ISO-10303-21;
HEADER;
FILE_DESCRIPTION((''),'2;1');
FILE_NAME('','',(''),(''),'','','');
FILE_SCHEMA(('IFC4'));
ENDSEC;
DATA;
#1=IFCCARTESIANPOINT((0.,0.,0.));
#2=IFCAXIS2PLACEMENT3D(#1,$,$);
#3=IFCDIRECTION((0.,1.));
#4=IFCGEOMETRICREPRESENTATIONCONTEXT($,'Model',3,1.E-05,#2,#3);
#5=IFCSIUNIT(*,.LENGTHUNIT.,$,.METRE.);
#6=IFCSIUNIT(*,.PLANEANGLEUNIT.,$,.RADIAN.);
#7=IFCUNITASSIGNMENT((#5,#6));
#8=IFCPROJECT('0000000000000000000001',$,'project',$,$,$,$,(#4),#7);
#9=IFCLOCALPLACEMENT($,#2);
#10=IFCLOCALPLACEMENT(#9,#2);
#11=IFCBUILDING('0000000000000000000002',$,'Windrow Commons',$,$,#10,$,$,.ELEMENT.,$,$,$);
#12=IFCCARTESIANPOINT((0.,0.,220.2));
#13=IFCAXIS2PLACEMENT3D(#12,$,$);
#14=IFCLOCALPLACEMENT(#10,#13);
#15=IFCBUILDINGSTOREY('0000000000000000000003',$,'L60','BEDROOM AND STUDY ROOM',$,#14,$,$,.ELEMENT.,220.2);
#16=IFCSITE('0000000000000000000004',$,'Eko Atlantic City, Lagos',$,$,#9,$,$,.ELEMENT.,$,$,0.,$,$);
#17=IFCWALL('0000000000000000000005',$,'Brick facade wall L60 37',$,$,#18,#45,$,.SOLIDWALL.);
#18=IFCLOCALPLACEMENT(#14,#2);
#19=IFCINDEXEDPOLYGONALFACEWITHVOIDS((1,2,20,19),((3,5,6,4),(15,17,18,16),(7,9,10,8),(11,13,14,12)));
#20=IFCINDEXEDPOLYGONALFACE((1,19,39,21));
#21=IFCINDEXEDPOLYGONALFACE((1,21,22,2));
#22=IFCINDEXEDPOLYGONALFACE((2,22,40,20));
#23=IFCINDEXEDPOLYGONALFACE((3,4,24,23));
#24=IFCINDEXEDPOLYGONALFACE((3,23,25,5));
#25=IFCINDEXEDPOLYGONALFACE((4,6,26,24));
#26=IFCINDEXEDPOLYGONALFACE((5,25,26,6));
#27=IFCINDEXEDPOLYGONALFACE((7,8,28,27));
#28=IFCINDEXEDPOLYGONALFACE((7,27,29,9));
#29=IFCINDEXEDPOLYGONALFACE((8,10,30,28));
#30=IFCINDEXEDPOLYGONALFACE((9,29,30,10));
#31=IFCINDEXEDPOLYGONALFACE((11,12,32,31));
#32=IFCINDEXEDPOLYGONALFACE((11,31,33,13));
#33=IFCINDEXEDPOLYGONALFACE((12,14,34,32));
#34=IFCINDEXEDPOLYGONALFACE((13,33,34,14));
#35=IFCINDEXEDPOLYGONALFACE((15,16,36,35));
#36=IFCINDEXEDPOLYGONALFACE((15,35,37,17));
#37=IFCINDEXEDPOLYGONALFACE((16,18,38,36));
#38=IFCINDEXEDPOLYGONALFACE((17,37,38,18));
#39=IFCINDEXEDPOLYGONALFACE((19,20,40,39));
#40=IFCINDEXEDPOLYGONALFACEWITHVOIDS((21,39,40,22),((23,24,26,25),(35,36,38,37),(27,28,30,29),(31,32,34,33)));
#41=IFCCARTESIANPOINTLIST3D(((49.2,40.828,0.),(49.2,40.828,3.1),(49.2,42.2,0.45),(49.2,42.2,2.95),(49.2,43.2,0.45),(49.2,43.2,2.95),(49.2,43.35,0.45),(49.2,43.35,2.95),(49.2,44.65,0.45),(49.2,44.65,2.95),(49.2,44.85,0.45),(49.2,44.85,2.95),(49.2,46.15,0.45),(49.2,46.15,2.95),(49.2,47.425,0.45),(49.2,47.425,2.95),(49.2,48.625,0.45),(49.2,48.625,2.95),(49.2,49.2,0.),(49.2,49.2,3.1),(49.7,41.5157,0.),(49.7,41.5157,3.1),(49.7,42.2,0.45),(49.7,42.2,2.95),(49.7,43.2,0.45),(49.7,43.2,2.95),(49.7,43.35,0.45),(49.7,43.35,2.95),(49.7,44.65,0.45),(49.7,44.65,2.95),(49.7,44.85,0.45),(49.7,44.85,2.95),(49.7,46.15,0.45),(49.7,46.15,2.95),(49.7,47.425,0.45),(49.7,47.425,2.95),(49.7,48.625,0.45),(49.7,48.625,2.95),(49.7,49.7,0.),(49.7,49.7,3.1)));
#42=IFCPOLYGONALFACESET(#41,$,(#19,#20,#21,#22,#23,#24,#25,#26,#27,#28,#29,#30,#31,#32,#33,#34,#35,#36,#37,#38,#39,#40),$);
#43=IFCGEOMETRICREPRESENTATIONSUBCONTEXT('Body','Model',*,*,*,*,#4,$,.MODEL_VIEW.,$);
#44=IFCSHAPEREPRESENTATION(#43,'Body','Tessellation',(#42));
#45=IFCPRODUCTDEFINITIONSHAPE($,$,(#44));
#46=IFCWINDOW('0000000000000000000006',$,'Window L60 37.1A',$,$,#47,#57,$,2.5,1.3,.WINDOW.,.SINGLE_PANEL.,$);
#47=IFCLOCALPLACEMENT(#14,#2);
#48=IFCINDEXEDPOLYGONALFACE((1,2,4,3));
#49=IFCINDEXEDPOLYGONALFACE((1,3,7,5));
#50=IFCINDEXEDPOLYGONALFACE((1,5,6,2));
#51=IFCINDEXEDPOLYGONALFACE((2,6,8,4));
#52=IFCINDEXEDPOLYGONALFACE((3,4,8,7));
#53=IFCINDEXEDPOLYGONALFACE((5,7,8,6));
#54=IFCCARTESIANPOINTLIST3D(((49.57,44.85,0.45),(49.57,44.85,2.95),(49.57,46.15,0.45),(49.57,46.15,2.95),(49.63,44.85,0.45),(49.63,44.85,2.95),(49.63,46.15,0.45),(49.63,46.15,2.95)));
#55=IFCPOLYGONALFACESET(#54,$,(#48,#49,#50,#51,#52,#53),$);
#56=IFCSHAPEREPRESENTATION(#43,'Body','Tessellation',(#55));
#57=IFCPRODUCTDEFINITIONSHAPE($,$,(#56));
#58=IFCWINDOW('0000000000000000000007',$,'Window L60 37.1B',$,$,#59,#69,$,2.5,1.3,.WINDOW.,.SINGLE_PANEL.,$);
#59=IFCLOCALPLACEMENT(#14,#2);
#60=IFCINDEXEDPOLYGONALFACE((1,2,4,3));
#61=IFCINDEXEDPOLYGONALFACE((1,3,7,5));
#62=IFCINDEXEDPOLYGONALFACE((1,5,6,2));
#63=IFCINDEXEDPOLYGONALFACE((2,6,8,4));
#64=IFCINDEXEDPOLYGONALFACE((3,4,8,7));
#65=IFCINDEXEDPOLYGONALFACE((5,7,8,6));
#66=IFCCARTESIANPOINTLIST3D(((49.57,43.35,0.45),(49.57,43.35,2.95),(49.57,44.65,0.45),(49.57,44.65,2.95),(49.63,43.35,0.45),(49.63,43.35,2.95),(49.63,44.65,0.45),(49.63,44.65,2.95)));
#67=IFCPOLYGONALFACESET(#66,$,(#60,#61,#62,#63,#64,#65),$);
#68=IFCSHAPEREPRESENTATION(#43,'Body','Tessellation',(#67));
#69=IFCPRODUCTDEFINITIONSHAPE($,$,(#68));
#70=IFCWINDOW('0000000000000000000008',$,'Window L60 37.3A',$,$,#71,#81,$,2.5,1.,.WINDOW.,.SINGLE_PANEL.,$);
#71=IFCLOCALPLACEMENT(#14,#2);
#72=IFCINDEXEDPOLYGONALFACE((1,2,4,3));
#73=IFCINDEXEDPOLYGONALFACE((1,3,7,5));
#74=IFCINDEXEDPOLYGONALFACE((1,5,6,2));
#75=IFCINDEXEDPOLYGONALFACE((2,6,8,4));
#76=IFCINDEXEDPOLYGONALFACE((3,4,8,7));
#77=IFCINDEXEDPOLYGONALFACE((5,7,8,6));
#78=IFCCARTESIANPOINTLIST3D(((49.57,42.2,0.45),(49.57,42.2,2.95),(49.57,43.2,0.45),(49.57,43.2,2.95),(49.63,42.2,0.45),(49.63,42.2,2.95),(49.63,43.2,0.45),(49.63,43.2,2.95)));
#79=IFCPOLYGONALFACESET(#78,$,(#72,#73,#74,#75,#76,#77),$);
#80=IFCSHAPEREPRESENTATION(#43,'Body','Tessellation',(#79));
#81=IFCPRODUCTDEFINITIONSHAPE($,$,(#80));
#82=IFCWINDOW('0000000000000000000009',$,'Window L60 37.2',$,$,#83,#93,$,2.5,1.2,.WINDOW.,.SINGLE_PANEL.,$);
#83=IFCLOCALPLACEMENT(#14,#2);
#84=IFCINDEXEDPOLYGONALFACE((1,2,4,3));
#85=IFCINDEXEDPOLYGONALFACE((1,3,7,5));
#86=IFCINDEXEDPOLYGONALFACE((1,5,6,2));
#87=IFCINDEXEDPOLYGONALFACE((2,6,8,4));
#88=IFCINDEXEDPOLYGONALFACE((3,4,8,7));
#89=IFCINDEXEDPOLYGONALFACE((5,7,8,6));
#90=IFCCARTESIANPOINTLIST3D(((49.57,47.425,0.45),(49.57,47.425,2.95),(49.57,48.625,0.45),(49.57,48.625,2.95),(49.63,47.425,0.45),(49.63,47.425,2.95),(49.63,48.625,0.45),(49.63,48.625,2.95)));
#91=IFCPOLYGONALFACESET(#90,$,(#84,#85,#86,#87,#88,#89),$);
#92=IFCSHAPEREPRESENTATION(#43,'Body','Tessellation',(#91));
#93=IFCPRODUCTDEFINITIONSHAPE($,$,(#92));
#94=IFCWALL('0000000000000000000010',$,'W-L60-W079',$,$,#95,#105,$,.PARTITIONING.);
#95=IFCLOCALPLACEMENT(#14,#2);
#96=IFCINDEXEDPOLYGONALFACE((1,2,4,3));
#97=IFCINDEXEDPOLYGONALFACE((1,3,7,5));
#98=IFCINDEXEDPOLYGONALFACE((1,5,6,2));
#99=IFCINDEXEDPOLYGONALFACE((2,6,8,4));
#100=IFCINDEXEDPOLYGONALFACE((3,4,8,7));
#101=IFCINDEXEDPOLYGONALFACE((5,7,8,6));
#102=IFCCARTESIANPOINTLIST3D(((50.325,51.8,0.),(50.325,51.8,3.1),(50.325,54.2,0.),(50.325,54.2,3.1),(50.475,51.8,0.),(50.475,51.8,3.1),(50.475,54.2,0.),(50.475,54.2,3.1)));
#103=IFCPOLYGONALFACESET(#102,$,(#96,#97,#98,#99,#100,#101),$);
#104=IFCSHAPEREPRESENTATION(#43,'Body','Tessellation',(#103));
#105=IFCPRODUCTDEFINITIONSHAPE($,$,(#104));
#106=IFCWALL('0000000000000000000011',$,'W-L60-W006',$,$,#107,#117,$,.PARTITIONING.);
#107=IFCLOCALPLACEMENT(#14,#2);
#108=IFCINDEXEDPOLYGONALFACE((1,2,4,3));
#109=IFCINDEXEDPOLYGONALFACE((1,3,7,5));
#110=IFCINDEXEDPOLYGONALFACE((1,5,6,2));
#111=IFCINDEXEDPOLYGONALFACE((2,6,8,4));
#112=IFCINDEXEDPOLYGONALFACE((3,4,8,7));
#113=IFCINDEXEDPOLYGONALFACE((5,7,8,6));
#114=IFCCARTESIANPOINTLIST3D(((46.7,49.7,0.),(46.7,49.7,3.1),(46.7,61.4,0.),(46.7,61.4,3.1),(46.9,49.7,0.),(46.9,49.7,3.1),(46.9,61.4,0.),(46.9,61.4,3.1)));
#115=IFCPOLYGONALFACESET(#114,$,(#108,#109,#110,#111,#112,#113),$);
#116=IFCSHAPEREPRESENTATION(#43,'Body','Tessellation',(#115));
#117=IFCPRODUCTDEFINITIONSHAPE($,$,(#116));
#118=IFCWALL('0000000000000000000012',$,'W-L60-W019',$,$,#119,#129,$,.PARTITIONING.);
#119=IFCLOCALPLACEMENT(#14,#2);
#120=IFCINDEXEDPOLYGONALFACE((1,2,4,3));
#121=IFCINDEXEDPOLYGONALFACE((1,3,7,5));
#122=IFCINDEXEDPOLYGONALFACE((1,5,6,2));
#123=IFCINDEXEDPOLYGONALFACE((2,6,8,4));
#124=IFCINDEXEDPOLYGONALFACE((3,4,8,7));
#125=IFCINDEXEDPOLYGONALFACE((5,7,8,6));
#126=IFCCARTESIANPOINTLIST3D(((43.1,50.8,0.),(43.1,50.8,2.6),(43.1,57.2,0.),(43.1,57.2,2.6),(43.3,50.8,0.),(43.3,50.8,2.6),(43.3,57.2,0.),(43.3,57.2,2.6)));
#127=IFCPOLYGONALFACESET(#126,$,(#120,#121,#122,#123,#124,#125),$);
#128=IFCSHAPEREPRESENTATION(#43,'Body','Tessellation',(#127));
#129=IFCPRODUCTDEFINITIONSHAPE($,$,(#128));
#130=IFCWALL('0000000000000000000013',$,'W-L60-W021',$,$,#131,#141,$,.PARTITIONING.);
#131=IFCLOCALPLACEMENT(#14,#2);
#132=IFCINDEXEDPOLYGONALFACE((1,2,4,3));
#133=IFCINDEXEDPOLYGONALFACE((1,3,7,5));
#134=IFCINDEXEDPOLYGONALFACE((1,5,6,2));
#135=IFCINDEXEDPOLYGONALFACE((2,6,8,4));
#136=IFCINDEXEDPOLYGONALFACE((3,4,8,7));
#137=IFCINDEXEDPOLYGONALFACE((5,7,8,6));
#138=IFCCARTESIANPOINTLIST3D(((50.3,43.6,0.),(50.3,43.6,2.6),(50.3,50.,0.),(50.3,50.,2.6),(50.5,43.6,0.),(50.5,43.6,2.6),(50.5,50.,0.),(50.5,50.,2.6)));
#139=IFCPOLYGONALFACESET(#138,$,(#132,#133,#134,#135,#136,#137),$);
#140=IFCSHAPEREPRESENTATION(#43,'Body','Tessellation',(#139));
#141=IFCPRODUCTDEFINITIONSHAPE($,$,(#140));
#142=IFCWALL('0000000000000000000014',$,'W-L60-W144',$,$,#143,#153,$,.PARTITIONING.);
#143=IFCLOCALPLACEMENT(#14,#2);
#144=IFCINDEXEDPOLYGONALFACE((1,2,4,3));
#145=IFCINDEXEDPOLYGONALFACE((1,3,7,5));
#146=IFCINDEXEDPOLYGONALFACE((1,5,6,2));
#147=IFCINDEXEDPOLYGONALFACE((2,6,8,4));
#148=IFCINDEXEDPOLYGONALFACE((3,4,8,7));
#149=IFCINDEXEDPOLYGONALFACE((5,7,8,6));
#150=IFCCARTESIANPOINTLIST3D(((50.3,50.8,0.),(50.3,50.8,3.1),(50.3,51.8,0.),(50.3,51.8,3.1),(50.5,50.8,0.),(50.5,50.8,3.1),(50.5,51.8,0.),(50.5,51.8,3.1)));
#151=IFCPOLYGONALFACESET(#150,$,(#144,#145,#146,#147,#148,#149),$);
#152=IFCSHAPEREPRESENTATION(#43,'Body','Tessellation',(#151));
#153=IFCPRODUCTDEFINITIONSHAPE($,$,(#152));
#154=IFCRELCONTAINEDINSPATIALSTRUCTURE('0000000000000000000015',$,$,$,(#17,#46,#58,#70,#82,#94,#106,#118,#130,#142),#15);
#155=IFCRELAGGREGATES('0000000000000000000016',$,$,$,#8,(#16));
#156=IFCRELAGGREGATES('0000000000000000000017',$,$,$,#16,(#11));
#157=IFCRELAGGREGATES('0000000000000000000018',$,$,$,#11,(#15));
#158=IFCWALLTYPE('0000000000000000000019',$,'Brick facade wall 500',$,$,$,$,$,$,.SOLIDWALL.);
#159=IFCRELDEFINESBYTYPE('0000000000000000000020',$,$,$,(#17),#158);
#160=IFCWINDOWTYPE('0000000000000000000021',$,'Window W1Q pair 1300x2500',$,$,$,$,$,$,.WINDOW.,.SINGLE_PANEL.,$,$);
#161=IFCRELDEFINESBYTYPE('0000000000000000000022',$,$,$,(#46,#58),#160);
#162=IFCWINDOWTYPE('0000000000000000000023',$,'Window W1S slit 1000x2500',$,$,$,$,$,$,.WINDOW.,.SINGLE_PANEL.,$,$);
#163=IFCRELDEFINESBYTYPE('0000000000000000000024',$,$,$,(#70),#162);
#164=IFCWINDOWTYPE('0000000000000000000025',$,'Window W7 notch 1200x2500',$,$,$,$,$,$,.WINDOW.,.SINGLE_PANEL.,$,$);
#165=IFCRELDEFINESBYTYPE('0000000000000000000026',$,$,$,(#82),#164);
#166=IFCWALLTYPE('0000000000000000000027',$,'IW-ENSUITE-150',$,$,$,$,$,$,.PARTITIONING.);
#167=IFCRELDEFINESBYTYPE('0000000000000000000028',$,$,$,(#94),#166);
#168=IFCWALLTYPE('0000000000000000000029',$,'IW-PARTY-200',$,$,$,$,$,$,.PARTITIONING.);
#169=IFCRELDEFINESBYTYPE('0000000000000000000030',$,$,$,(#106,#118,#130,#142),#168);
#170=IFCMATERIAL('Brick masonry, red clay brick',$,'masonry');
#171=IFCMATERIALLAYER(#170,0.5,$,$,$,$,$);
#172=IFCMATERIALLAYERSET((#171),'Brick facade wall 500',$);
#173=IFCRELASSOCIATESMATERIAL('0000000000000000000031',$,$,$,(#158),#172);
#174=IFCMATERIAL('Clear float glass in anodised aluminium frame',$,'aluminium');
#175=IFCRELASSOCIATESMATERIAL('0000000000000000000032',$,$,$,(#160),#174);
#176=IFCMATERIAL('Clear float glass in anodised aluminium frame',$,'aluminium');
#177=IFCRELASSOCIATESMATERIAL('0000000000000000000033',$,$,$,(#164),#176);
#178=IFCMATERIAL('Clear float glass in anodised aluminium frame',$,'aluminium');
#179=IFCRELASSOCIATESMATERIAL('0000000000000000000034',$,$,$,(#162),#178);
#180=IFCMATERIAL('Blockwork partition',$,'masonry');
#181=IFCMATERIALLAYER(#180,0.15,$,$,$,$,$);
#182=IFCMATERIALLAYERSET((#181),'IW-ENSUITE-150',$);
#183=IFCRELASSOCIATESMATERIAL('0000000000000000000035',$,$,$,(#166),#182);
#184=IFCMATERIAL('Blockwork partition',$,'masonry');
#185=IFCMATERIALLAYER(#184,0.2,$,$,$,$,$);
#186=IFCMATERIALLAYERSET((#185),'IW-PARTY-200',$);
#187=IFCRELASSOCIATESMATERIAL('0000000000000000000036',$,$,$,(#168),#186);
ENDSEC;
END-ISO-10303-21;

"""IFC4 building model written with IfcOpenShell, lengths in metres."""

from ifc_helpers import new_model, si_unit, direction, frame, frame_2d, origin, place, context, subcontext, project, spatial, polyline, rectangle, outline, extrude, material, layer, layer_set, type_object, element, fill, save


model = new_model("IFC4")

# Units and contexts
model_context = context("Model", 3, precision=1e-05, world=origin(), true_north=direction((0.0, 1.0)))
body_context = subcontext(model_context, "Body", "Model", "MODEL_VIEW")
ifc_project = project(units=[si_unit("LENGTHUNIT", "METRE"), si_unit("PLANEANGLEUNIT", "RADIAN")], contexts=[model_context])

# Site, building, storey
site_placement = place(None, origin())
site = spatial("IfcSite", under=ifc_project, at=site_placement, Name="Eko Atlantic City, Lagos", CompositionType="ELEMENT", RefElevation=0.0)
building_placement = place(site_placement, origin())
building = spatial("IfcBuilding", under=site, at=building_placement, Name="Windrow Commons", CompositionType="ELEMENT")
storey_placement = place(building_placement, frame((0.0, 0.0, 220.2)))
storey = spatial("IfcBuildingStorey", under=building, at=storey_placement, Name="L60", Description="BEDROOM AND STUDY ROOM", CompositionType="ELEMENT", Elevation=220.2)

# Wall, openings, windows
ifc_material_1 = material(Name="Brick masonry, red clay brick", Category="masonry")
ifc_layer_1 = layer(ifc_material_1, 0.5)
ifc_layer_set_1 = layer_set([ifc_layer_1], Name="Brick facade wall 500")
wall_type_1 = type_object("IfcWallType", Name="Brick facade wall 500", PredefinedType="SOLIDWALL", material=ifc_layer_set_1)
ifc_material_2 = material(Name="Clear float glass in anodised aluminium frame", Category="aluminium")
window_type_1 = type_object("IfcWindowType", Name="Window W1Q pair 1300x2500", PartitioningType="SINGLE_PANEL", PredefinedType="WINDOW", material=ifc_material_2)
ifc_material_3 = material(Name="Clear float glass in anodised aluminium frame", Category="aluminium")
window_type_2 = type_object("IfcWindowType", Name="Window W7 notch 1200x2500", PartitioningType="SINGLE_PANEL", PredefinedType="WINDOW", material=ifc_material_3)
wall_1_placement = place(storey_placement, frame((49.45, 49.45, 0.0), z_axis=(0.0, 0.0, 1.0), x_axis=(0.0, -1.0, 0.0)))
wall_1 = element("IfcWall", 1, at=wall_1_placement, inside=storey, type_object=wall_type_1, Name="Brick facade wall L60 37", PredefinedType="SOLIDWALL", context=body_context, shape_type="SweptSolid", body=[
    extrude(outline(polyline([(0.25, -0.25), (8.622, -0.25), (7.9343, 0.25), (-0.25, 0.25), (0.25, -0.25)])), origin(), (0.0, 0.0, 1.0), 3.1),
])
opening_1_placement = place(wall_1_placement, frame((3.3, 0.0, 0.45)))
opening_1 = element("IfcOpeningElement", 2, at=opening_1_placement, cuts=wall_1, PredefinedType="OPENING", context=body_context, shape_type="SweptSolid", body=[
    extrude(rectangle(XDim=1.3, YDim=2.5, at=frame_2d((0.65, 1.25))), frame((0.0, 0.26, 0.0), z_axis=(0.0, -1.0, 0.0), x_axis=(1.0, 0.0, 0.0)), (0.0, 0.0, 1.0), 0.52),
])
opening_2_placement = place(wall_1_placement, frame((4.8, 0.0, 0.45)))
opening_2 = element("IfcOpeningElement", 3, at=opening_2_placement, cuts=wall_1, PredefinedType="OPENING", context=body_context, shape_type="SweptSolid", body=[
    extrude(rectangle(XDim=1.3, YDim=2.5, at=frame_2d((0.65, 1.25))), frame((0.0, 0.26, 0.0), z_axis=(0.0, -1.0, 0.0), x_axis=(1.0, 0.0, 0.0)), (0.0, 0.0, 1.0), 0.52),
])
opening_3_placement = place(wall_1_placement, frame((0.825, 0.0, 0.45)))
opening_3 = element("IfcOpeningElement", 4, at=opening_3_placement, cuts=wall_1, PredefinedType="OPENING", context=body_context, shape_type="SweptSolid", body=[
    extrude(rectangle(XDim=1.2, YDim=2.5, at=frame_2d((0.6, 1.25))), frame((0.0, 0.26, 0.0), z_axis=(0.0, -1.0, 0.0), x_axis=(1.0, 0.0, 0.0)), (0.0, 0.0, 1.0), 0.52),
])
opening_4_placement = place(wall_1_placement, frame((6.25, 0.0, 0.45)))
opening_4 = element("IfcOpeningElement", 5, at=opening_4_placement, cuts=wall_1, PredefinedType="OPENING", context=body_context, shape_type="SweptSolid", body=[
    extrude(rectangle(XDim=1.0, YDim=2.5, at=frame_2d((0.5, 1.25))), frame((0.0, 0.26, 0.0), z_axis=(0.0, -1.0, 0.0), x_axis=(1.0, 0.0, 0.0)), (0.0, 0.0, 1.0), 0.52),
])
window_1_placement = place(opening_1_placement, origin())
window_1 = element("IfcWindow", 6, at=window_1_placement, inside=storey, type_object=window_type_1, Name="Window L60 37.1A", OverallHeight=2.5, OverallWidth=1.3, PartitioningType="SINGLE_PANEL", PredefinedType="WINDOW", context=body_context, shape_type="SweptSolid", body=[
    extrude(rectangle(XDim=1.3, YDim=2.5, at=frame_2d((0.65, 1.25))), frame((0.0, 0.18, 0.0), z_axis=(0.0, -1.0, 0.0), x_axis=(1.0, 0.0, 0.0)), (0.0, 0.0, 1.0), 0.06),
])
fill(opening_1, window_1)
window_2_placement = place(opening_2_placement, origin())
window_2 = element("IfcWindow", 7, at=window_2_placement, inside=storey, type_object=window_type_1, Name="Window L60 37.1B", OverallHeight=2.5, OverallWidth=1.3, PartitioningType="SINGLE_PANEL", PredefinedType="WINDOW", context=body_context, shape_type="SweptSolid", body=[
    extrude(rectangle(XDim=1.3, YDim=2.5, at=frame_2d((0.65, 1.25))), frame((0.0, 0.18, 0.0), z_axis=(0.0, -1.0, 0.0), x_axis=(1.0, 0.0, 0.0)), (0.0, 0.0, 1.0), 0.06),
])
fill(opening_2, window_2)
ifc_material_4 = material(Name="Clear float glass in anodised aluminium frame", Category="aluminium")
window_type_3 = type_object("IfcWindowType", Name="Window W1S slit 1000x2500", PartitioningType="SINGLE_PANEL", PredefinedType="WINDOW", material=ifc_material_4)
window_3_placement = place(opening_4_placement, origin())
window_3 = element("IfcWindow", 8, at=window_3_placement, inside=storey, type_object=window_type_3, Name="Window L60 37.3A", OverallHeight=2.5, OverallWidth=1.0, PartitioningType="SINGLE_PANEL", PredefinedType="WINDOW", context=body_context, shape_type="SweptSolid", body=[
    extrude(rectangle(XDim=1.0, YDim=2.5, at=frame_2d((0.5, 1.25))), frame((0.0, 0.18, 0.0), z_axis=(0.0, -1.0, 0.0), x_axis=(1.0, 0.0, 0.0)), (0.0, 0.0, 1.0), 0.06),
])
fill(opening_4, window_3)
window_4_placement = place(opening_3_placement, origin())
window_4 = element("IfcWindow", 9, at=window_4_placement, inside=storey, type_object=window_type_2, Name="Window L60 37.2", OverallHeight=2.5, OverallWidth=1.2, PartitioningType="SINGLE_PANEL", PredefinedType="WINDOW", context=body_context, shape_type="SweptSolid", body=[
    extrude(rectangle(XDim=1.2, YDim=2.5, at=frame_2d((0.6, 1.25))), frame((0.0, 0.18, 0.0), z_axis=(0.0, -1.0, 0.0), x_axis=(1.0, 0.0, 0.0)), (0.0, 0.0, 1.0), 0.06),
])
fill(opening_3, window_4)

# Walls
ifc_material_5 = material(Name="Blockwork partition", Category="masonry")
ifc_layer_2 = layer(ifc_material_5, 0.15)
ifc_layer_set_2 = layer_set([ifc_layer_2], Name="IW-ENSUITE-150")
wall_type_2 = type_object("IfcWallType", Name="IW-ENSUITE-150", PredefinedType="PARTITIONING", material=ifc_layer_set_2)
wall_2_placement = place(storey_placement, frame((50.4, 51.8, 0.0), z_axis=(0.0, 0.0, 1.0), x_axis=(0.0, 1.0, 0.0)))
element("IfcWall", 10, at=wall_2_placement, inside=storey, type_object=wall_type_2, Name="W-L60-W079", PredefinedType="PARTITIONING", context=body_context, shape_type="SweptSolid", body=[
    extrude(rectangle(XDim=2.4, YDim=0.15, at=frame_2d((1.2, 0.0))), origin(), (0.0, 0.0, 1.0), 3.1),
])
ifc_material_6 = material(Name="Blockwork partition", Category="masonry")
ifc_layer_3 = layer(ifc_material_6, 0.2)
ifc_layer_set_3 = layer_set([ifc_layer_3], Name="IW-PARTY-200")
wall_type_3 = type_object("IfcWallType", Name="IW-PARTY-200", PredefinedType="PARTITIONING", material=ifc_layer_set_3)
wall_3_placement = place(storey_placement, frame((46.8, 49.7, 0.0), z_axis=(0.0, 0.0, 1.0), x_axis=(0.0, 1.0, 0.0)))
element("IfcWall", 11, at=wall_3_placement, inside=storey, type_object=wall_type_3, Name="W-L60-W006", PredefinedType="PARTITIONING", context=body_context, shape_type="SweptSolid", body=[
    extrude(rectangle(XDim=11.7, YDim=0.2, at=frame_2d((5.85, 0.0))), origin(), (0.0, 0.0, 1.0), 3.1),
])
for number, where, z_axis, x_axis, name in (
    (12, (43.2, 50.8, 0.0), (0.0, 0.0, 1.0), (0.0, 1.0, 0.0), "W-L60-W019"),
    (13, (50.4, 43.6, 0.0), (0.0, 0.0, 1.0), (0.0, 1.0, 0.0), "W-L60-W021"),
):
    element("IfcWall", number, at=place(storey_placement, frame(where, z_axis=z_axis, x_axis=x_axis)), inside=storey, type_object=wall_type_3, Name=name, PredefinedType="PARTITIONING", context=body_context, shape_type="SweptSolid", body=[
        extrude(rectangle(XDim=6.4, YDim=0.2, at=frame_2d((3.2, 0.0))), origin(), (0.0, 0.0, 1.0), 2.6),
    ])
wall_4_placement = place(storey_placement, frame((50.4, 50.8, 0.0), z_axis=(0.0, 0.0, 1.0), x_axis=(0.0, 1.0, 0.0)))
element("IfcWall", 14, at=wall_4_placement, inside=storey, type_object=wall_type_3, Name="W-L60-W144", PredefinedType="PARTITIONING", context=body_context, shape_type="SweptSolid", body=[
    extrude(rectangle(XDim=1.0, YDim=0.2, at=frame_2d((0.5, 0.0))), origin(), (0.0, 0.0, 1.0), 3.1),
])

save(model, "model.ifc")
